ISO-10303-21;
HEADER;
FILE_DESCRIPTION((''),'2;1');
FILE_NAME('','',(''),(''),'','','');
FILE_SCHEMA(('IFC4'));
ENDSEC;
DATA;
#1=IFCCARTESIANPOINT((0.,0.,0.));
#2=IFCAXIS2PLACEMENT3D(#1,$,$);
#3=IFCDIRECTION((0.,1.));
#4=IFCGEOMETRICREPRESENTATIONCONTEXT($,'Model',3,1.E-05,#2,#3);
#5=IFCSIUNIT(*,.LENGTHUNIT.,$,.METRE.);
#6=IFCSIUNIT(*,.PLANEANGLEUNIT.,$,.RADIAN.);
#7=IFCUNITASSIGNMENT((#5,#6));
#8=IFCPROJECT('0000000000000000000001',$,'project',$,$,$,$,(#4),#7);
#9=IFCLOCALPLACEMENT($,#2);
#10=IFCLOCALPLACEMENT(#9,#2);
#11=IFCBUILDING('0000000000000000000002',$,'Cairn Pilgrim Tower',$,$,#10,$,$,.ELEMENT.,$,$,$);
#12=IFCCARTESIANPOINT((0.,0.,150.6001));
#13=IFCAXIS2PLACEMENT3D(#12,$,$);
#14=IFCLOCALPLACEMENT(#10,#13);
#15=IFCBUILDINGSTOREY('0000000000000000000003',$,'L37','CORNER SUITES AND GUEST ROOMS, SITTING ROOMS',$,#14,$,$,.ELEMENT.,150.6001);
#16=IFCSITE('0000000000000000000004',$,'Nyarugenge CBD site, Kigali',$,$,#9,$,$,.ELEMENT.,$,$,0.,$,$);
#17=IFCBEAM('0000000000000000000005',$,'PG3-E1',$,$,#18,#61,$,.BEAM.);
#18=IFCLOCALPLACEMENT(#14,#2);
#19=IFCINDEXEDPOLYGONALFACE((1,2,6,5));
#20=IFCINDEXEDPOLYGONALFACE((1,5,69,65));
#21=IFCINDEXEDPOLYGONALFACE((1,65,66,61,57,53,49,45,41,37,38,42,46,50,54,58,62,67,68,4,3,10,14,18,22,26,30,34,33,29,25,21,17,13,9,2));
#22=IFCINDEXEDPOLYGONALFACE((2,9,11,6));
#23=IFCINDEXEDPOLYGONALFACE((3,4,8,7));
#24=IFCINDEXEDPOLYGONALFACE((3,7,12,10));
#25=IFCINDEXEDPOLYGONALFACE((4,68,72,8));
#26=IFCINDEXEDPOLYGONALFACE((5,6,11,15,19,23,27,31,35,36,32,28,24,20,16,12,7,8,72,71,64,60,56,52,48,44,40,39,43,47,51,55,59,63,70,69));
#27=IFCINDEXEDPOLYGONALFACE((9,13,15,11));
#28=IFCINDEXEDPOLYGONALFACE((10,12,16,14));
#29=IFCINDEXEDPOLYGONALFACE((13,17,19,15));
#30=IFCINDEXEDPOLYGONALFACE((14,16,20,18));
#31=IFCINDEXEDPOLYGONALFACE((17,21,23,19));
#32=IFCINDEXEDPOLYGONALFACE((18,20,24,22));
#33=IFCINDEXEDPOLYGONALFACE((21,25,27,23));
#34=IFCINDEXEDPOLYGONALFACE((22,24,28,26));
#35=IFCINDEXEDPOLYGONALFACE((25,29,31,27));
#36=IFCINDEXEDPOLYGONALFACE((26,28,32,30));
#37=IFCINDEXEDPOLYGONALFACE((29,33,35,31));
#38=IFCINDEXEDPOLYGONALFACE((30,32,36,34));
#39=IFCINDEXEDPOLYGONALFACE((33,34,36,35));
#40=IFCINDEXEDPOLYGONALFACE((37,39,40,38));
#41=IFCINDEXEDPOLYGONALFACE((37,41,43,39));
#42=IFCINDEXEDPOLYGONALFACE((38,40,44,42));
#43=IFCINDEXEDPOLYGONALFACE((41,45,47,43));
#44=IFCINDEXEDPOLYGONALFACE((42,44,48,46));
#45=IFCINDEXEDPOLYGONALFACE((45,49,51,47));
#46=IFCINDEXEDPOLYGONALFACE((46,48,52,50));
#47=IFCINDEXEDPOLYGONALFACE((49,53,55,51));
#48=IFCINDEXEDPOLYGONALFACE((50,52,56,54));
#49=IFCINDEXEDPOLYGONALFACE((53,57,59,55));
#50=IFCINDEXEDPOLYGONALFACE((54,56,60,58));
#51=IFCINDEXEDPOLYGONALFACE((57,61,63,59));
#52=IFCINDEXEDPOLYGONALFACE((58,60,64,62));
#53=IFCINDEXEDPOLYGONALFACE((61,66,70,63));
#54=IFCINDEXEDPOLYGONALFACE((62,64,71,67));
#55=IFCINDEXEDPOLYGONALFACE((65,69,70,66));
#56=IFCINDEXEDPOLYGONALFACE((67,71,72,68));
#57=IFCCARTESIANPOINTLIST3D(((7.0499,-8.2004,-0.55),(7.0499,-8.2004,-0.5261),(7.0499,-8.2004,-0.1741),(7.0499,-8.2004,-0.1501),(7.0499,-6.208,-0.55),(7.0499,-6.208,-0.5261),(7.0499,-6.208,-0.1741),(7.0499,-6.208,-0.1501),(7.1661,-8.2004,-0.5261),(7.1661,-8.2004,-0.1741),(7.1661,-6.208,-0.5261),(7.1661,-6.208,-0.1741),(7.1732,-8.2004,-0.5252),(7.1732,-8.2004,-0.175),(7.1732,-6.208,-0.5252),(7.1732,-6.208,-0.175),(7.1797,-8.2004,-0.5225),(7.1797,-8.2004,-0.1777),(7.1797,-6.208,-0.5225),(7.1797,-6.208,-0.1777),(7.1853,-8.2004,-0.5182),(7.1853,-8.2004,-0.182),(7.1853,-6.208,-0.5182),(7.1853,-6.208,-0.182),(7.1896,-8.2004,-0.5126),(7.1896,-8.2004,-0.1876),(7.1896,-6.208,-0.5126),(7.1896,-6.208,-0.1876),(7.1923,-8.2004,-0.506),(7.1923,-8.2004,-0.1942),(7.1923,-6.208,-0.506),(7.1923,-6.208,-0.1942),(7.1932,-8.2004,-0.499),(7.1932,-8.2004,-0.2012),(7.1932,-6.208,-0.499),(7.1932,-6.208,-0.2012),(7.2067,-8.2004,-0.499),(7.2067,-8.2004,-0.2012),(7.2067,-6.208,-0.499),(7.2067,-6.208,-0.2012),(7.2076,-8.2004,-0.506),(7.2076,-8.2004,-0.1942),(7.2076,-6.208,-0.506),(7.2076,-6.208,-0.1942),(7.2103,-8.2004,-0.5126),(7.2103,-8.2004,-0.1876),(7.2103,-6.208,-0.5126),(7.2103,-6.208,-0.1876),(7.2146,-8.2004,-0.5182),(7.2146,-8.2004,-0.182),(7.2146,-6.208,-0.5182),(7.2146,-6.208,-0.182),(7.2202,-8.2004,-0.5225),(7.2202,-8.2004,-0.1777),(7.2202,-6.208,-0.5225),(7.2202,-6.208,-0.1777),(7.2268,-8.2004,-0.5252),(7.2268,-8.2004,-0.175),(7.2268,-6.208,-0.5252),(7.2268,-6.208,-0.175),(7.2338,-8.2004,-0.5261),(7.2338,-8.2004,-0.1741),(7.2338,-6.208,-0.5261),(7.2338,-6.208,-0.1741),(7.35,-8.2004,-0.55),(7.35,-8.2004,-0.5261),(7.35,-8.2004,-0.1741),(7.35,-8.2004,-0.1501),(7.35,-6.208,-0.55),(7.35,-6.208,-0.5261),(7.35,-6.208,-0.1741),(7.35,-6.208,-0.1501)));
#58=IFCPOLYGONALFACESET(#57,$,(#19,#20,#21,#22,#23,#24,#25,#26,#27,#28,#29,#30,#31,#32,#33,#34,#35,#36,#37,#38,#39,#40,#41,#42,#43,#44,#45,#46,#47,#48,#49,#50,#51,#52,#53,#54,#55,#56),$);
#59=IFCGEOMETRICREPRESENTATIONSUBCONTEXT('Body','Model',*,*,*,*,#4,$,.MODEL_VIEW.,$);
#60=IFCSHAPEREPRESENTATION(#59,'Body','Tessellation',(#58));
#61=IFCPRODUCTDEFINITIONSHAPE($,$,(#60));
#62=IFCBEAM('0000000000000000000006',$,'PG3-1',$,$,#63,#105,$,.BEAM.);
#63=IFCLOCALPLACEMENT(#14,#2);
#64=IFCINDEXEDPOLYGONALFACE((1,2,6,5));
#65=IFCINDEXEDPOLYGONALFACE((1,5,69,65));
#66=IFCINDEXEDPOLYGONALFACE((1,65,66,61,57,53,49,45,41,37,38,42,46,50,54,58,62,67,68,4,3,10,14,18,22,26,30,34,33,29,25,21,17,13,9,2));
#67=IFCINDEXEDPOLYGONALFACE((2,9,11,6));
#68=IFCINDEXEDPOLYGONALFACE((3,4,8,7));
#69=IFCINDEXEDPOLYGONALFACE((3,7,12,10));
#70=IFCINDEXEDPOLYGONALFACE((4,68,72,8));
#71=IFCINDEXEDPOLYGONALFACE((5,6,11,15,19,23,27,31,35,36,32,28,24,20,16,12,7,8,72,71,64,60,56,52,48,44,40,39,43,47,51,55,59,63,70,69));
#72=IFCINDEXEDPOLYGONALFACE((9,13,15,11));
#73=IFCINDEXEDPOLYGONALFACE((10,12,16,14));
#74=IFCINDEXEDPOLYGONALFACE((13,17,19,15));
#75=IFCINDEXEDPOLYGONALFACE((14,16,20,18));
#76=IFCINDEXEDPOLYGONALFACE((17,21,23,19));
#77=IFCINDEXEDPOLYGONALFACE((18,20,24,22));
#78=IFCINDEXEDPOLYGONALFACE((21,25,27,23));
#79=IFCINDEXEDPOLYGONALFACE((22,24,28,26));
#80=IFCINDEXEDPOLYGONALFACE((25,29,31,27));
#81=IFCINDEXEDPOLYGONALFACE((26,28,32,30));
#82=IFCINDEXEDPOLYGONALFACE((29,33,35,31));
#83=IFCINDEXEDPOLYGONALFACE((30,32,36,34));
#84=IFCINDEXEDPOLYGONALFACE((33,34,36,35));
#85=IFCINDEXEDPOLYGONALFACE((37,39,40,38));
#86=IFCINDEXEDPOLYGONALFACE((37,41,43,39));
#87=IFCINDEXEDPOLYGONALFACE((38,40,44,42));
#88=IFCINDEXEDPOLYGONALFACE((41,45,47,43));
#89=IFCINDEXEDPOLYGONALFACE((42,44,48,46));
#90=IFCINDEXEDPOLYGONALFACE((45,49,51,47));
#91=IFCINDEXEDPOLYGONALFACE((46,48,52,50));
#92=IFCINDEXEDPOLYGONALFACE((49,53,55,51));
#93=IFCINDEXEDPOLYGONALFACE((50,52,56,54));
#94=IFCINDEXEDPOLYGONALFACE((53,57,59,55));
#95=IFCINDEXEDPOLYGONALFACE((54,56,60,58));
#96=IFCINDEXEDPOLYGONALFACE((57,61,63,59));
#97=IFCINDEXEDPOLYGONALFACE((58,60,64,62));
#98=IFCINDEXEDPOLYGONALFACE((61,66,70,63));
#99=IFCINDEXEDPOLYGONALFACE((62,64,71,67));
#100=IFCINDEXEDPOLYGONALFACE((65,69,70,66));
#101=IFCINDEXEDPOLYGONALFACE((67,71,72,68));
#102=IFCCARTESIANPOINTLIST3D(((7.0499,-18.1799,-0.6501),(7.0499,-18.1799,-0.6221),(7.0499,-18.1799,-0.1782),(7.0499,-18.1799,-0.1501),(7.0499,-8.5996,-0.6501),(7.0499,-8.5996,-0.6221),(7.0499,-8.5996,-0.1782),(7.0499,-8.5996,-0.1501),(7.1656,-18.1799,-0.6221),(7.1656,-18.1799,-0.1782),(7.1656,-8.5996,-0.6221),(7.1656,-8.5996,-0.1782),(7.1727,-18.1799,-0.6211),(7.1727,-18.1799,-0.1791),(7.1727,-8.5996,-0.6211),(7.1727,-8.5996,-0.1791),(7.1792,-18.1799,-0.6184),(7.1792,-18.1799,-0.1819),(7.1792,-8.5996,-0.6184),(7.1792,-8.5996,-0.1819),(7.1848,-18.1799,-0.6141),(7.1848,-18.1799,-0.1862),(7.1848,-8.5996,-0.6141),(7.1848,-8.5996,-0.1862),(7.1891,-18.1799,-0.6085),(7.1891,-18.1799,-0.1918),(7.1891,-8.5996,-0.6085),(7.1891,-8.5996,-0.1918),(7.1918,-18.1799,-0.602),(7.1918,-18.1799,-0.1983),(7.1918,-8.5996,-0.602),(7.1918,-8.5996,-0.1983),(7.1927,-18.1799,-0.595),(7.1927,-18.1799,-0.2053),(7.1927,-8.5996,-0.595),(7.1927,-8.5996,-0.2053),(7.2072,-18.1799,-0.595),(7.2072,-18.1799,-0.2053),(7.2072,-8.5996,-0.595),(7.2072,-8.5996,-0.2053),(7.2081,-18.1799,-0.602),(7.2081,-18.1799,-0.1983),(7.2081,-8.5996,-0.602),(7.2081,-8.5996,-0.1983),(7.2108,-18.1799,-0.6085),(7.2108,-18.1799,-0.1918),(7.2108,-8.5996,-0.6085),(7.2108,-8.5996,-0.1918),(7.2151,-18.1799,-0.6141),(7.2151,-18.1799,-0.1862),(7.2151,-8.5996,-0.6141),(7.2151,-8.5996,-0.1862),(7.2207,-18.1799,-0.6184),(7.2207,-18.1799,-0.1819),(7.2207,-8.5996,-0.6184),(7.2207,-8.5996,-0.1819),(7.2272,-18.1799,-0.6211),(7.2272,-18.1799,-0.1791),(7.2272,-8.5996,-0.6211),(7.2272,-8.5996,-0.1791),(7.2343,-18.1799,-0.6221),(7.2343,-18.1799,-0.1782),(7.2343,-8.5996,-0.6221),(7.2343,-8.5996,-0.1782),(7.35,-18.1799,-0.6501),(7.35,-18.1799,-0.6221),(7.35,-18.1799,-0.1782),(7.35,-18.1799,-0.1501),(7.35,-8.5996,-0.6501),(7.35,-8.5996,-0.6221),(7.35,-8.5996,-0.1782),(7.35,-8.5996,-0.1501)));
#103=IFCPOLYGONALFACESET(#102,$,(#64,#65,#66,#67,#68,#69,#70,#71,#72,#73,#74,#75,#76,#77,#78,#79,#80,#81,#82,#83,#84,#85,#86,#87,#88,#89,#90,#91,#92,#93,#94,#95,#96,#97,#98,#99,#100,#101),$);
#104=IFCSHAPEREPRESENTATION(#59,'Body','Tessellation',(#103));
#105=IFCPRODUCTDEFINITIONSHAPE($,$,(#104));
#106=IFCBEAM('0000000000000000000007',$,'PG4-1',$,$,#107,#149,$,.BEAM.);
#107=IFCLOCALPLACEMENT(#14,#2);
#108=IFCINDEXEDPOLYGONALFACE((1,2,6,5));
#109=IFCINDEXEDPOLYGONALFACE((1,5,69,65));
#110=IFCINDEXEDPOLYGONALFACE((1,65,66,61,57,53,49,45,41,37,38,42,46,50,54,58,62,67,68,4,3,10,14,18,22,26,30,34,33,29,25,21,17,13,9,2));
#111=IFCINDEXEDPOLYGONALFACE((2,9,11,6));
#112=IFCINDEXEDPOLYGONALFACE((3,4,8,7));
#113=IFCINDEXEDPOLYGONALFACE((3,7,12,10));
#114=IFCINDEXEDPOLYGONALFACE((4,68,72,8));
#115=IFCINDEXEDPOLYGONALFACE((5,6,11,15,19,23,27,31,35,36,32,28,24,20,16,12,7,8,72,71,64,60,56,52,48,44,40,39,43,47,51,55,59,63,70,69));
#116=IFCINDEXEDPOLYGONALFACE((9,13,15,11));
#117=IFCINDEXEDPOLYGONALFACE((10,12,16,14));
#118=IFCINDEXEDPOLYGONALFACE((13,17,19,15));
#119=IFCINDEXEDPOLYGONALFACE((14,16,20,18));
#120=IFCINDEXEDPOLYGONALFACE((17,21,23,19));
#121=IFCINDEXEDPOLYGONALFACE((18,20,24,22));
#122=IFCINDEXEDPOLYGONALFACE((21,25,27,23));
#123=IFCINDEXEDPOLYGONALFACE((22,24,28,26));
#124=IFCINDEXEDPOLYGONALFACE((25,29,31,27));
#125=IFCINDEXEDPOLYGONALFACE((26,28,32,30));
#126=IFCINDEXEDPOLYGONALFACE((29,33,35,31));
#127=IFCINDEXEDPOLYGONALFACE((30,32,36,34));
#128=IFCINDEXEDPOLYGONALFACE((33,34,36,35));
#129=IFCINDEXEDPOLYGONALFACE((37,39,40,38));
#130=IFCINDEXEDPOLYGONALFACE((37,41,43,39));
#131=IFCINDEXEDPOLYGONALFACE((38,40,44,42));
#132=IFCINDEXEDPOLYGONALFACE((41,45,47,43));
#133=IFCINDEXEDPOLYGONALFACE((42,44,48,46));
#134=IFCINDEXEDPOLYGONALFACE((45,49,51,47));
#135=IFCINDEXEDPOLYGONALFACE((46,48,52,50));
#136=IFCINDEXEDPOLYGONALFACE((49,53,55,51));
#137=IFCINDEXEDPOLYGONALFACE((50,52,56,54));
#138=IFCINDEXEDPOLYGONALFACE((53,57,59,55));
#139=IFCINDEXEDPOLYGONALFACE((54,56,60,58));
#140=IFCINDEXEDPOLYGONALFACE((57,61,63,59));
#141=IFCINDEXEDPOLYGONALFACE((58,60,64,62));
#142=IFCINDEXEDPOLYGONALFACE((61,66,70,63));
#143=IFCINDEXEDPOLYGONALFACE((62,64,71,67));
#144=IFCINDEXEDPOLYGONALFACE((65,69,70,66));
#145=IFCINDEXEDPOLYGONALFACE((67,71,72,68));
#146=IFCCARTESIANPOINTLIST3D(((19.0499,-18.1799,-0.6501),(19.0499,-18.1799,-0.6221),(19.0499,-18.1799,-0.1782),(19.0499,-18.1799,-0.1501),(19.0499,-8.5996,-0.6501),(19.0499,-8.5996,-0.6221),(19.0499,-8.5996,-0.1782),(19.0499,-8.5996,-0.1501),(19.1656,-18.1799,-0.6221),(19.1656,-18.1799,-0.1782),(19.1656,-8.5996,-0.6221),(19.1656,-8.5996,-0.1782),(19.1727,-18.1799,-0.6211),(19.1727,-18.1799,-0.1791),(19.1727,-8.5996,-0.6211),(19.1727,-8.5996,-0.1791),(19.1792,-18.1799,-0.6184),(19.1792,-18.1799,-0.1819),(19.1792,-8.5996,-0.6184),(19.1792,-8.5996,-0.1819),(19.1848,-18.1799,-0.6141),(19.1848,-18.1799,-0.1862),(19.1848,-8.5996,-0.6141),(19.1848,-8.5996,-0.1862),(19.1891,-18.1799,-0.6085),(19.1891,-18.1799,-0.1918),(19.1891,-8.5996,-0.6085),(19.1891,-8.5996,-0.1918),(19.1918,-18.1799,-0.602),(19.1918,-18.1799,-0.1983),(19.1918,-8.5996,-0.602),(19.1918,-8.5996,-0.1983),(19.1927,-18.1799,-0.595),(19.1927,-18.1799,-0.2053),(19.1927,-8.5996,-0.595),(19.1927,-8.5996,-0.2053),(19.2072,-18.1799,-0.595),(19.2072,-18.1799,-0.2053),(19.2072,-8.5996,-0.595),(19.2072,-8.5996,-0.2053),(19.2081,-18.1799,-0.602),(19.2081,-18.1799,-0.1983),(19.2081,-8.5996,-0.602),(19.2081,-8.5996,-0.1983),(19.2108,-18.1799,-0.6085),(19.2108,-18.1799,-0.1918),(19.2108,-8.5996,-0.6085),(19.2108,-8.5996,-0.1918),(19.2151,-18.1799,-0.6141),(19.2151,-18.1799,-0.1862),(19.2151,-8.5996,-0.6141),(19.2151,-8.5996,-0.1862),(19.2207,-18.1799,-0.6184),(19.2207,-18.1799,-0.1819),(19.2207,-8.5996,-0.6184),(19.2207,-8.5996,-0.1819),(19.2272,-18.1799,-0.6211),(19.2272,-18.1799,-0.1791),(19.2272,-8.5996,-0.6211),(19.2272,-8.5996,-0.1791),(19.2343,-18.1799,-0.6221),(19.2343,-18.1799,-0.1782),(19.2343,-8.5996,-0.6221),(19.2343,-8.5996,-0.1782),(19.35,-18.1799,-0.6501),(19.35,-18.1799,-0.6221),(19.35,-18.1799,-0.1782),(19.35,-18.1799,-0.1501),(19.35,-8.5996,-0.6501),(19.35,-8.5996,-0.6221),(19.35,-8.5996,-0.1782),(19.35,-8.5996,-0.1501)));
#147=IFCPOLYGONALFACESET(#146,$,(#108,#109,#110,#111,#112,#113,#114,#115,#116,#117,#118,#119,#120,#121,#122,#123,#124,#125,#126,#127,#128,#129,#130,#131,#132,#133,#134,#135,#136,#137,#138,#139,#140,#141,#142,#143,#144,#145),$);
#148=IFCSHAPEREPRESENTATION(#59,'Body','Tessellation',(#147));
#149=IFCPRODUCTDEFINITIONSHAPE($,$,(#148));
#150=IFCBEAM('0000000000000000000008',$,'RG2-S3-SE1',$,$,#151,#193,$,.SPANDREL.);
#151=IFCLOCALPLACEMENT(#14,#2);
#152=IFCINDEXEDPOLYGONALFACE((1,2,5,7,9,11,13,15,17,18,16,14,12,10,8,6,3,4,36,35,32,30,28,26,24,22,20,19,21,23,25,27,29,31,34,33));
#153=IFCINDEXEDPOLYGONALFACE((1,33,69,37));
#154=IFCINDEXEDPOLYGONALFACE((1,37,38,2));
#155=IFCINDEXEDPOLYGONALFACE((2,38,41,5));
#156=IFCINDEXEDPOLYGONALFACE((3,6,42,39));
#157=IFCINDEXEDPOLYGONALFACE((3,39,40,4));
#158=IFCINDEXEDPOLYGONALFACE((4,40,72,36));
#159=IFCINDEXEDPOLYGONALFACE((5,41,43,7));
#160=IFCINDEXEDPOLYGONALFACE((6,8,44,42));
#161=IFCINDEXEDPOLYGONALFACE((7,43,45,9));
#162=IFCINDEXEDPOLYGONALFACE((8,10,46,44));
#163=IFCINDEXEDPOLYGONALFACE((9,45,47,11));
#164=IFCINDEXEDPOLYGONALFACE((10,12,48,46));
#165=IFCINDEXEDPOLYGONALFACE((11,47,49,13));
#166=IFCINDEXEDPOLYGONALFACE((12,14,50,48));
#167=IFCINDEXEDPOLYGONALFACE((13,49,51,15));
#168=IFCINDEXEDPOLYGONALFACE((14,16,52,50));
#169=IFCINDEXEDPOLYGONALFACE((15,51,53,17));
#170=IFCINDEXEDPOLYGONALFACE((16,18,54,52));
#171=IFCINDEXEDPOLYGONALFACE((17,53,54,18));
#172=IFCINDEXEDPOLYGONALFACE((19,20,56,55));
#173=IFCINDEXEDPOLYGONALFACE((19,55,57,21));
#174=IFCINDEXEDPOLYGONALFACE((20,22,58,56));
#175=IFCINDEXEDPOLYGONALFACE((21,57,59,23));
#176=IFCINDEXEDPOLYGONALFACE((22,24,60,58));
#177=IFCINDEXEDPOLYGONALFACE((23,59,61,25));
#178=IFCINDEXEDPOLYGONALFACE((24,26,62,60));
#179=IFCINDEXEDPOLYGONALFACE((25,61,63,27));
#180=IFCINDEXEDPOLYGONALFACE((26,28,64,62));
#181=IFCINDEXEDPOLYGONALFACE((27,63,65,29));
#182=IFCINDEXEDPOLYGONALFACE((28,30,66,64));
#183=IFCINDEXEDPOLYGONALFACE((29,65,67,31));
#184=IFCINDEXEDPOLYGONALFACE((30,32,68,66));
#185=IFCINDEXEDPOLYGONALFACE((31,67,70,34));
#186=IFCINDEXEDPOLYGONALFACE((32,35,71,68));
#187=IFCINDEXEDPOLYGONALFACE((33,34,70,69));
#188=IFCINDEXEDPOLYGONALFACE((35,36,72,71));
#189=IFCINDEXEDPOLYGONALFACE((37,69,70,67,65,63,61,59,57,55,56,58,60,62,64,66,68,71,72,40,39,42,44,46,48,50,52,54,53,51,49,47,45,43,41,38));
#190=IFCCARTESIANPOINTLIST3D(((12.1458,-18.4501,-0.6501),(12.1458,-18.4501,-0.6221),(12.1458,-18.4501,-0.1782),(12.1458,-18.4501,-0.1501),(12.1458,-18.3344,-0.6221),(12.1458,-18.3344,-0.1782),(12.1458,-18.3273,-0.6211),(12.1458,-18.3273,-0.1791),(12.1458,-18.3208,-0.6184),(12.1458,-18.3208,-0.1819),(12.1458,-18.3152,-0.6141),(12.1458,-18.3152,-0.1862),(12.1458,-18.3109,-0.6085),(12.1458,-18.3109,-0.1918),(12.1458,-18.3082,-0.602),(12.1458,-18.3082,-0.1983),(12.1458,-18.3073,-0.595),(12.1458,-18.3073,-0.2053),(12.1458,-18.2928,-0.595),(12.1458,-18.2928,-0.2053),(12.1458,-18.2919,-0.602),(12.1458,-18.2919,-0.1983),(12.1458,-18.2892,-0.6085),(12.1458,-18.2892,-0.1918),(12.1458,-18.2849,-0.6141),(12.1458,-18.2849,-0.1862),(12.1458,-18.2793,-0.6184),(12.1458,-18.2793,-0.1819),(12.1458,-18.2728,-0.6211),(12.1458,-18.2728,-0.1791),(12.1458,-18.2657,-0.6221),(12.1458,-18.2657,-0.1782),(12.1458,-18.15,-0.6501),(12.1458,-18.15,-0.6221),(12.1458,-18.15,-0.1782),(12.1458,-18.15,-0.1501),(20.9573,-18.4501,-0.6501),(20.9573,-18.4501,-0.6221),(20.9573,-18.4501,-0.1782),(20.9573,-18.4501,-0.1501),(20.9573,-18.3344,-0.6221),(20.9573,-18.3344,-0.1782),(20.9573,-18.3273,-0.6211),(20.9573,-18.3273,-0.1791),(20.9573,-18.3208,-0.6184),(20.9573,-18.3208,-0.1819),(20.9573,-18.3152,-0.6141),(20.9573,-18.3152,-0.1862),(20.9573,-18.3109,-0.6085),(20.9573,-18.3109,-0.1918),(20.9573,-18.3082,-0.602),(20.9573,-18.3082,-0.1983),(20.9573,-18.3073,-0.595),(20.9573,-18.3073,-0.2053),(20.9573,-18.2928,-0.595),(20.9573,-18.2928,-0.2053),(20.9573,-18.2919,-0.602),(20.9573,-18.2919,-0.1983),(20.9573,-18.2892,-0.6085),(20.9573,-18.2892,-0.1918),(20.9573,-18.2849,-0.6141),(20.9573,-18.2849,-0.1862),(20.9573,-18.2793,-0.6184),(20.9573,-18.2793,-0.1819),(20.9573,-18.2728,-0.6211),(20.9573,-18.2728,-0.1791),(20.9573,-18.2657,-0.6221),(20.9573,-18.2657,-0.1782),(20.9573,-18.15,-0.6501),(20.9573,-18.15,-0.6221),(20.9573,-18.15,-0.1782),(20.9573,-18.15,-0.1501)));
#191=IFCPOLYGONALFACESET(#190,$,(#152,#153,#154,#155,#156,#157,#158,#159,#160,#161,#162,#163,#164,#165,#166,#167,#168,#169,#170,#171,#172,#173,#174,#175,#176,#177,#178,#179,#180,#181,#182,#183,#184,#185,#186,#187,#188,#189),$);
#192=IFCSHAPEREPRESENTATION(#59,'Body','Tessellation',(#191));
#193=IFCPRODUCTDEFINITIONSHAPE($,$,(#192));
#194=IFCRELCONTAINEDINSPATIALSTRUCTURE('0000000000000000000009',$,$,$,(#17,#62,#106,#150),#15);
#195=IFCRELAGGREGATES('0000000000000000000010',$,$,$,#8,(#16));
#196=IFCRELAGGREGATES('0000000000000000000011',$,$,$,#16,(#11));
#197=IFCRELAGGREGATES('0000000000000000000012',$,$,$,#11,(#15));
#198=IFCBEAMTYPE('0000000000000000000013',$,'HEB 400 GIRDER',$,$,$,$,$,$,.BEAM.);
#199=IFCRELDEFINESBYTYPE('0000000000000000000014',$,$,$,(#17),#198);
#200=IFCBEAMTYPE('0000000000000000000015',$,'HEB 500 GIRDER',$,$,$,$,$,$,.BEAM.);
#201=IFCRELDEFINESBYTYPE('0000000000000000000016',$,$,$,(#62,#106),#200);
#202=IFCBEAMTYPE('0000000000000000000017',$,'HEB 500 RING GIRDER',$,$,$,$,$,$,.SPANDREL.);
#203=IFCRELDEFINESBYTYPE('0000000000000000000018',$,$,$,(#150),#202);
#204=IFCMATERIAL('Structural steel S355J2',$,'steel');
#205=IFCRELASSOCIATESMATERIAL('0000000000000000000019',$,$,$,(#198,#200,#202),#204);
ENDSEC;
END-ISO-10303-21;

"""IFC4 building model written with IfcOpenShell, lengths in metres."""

from ifc_helpers import new_model, si_unit, direction, frame, origin, origin_2d, place, context, subcontext, project, spatial, i_section, extrude, material, material_profile, profile_set, type_object, element, save


model = new_model("IFC4")

# Units and contexts
model_context = context("Model", 3, precision=1e-05, world=origin(), true_north=direction((0.0, 1.0)))
body_context = subcontext(model_context, "Body", "Model", "MODEL_VIEW")
ifc_project = project(units=[si_unit("LENGTHUNIT", "METRE"), si_unit("PLANEANGLEUNIT", "RADIAN")], contexts=[model_context])

# Site, building, storey
site_placement = place(None, origin())
site = spatial("IfcSite", under=ifc_project, at=site_placement, Name="Nyarugenge CBD site, Kigali", CompositionType="ELEMENT", RefElevation=0.0)
building_placement = place(site_placement, origin())
building = spatial("IfcBuilding", under=site, at=building_placement, Name="Cairn Pilgrim Tower", CompositionType="ELEMENT")
storey_placement = place(building_placement, frame((0.0, 0.0, 150.6001)))
storey = spatial("IfcBuildingStorey", under=building, at=storey_placement, Name="L37", Description="CORNER SUITES AND GUEST ROOMS, SITTING ROOMS", CompositionType="ELEMENT", Elevation=150.6001)

# Shared definitions
ifc_material_1 = material(Name="Structural steel S355J2", Category="steel")

# Beams
ifc_material_profile_1 = material_profile(ifc_material_1, i_section(OverallWidth=0.3, OverallDepth=0.3999, WebThickness=0.0134, FlangeThickness=0.0239, FilletRadius=0.0271, at=origin_2d()), Name="HEB 400")
ifc_profile_set_1 = profile_set([ifc_material_profile_1], Name="Structural steel S355J2")
beam_type_1 = type_object("IfcBeamType", Name="HEB 400 GIRDER", PredefinedType="BEAM", material=ifc_profile_set_1)
beam_1_placement = place(storey_placement, frame((7.2, -8.2004, -0.3501), z_axis=(0.0, 1.0, 0.0), x_axis=(-1.0, 0.0, 0.0)))
element("IfcBeam", 1, at=beam_1_placement, inside=storey, type_object=beam_type_1, Name="PG3-E1", PredefinedType="BEAM", context=body_context, shape_type="SweptSolid", body=[
    extrude(i_section(OverallWidth=0.3, OverallDepth=0.3999, WebThickness=0.0134, FlangeThickness=0.0239, FilletRadius=0.0271, at=origin_2d()), origin(), (0.0, 0.0, 1.0), 1.9924),
])
ifc_material_profile_2 = material_profile(ifc_material_1, i_section(OverallWidth=0.3, OverallDepth=0.5, WebThickness=0.0144, FlangeThickness=0.0281, FilletRadius=0.0271, at=origin_2d()), Name="HEB 500")
ifc_profile_set_2 = profile_set([ifc_material_profile_2], Name="Structural steel S355J2")
beam_type_2 = type_object("IfcBeamType", Name="HEB 500 GIRDER", PredefinedType="BEAM", material=ifc_profile_set_2)
for number, where, z_axis, x_axis, name in (
    (2, (7.2, -18.1799, -0.4001), (0.0, 1.0, 0.0), (-1.0, 0.0, 0.0), "PG3-1"),
    (3, (19.2, -18.1799, -0.4001), (0.0, 1.0, 0.0), (-1.0, 0.0, 0.0), "PG4-1"),
):
    element("IfcBeam", number, at=place(storey_placement, frame(where, z_axis=z_axis, x_axis=x_axis)), inside=storey, type_object=beam_type_2, Name=name, PredefinedType="BEAM", context=body_context, shape_type="SweptSolid", body=[
        extrude(i_section(OverallWidth=0.3, OverallDepth=0.5, WebThickness=0.0144, FlangeThickness=0.0281, FilletRadius=0.0271, at=origin_2d()), origin(), (0.0, 0.0, 1.0), 9.5803),
    ])
ifc_material_profile_3 = material_profile(ifc_material_1, i_section(OverallWidth=0.3, OverallDepth=0.5, WebThickness=0.0144, FlangeThickness=0.0281, FilletRadius=0.0271, at=origin_2d()), Name="HEB 500")
ifc_profile_set_3 = profile_set([ifc_material_profile_3], Name="Structural steel S355J2")
beam_type_3 = type_object("IfcBeamType", Name="HEB 500 RING GIRDER", PredefinedType="SPANDREL", material=ifc_profile_set_3)
beam_2_placement = place(storey_placement, frame((12.1458, -18.3, -0.4001), z_axis=(1.0, 0.0, 0.0), x_axis=(0.0, 1.0, 0.0)))
element("IfcBeam", 4, at=beam_2_placement, inside=storey, type_object=beam_type_3, Name="RG2-S3-SE1", PredefinedType="SPANDREL", context=body_context, shape_type="SweptSolid", body=[
    extrude(i_section(OverallWidth=0.3, OverallDepth=0.5, WebThickness=0.0144, FlangeThickness=0.0281, FilletRadius=0.0271, at=origin_2d()), origin(), (0.0, 0.0, 1.0), 8.8115),
])

save(model, "model.ifc")
